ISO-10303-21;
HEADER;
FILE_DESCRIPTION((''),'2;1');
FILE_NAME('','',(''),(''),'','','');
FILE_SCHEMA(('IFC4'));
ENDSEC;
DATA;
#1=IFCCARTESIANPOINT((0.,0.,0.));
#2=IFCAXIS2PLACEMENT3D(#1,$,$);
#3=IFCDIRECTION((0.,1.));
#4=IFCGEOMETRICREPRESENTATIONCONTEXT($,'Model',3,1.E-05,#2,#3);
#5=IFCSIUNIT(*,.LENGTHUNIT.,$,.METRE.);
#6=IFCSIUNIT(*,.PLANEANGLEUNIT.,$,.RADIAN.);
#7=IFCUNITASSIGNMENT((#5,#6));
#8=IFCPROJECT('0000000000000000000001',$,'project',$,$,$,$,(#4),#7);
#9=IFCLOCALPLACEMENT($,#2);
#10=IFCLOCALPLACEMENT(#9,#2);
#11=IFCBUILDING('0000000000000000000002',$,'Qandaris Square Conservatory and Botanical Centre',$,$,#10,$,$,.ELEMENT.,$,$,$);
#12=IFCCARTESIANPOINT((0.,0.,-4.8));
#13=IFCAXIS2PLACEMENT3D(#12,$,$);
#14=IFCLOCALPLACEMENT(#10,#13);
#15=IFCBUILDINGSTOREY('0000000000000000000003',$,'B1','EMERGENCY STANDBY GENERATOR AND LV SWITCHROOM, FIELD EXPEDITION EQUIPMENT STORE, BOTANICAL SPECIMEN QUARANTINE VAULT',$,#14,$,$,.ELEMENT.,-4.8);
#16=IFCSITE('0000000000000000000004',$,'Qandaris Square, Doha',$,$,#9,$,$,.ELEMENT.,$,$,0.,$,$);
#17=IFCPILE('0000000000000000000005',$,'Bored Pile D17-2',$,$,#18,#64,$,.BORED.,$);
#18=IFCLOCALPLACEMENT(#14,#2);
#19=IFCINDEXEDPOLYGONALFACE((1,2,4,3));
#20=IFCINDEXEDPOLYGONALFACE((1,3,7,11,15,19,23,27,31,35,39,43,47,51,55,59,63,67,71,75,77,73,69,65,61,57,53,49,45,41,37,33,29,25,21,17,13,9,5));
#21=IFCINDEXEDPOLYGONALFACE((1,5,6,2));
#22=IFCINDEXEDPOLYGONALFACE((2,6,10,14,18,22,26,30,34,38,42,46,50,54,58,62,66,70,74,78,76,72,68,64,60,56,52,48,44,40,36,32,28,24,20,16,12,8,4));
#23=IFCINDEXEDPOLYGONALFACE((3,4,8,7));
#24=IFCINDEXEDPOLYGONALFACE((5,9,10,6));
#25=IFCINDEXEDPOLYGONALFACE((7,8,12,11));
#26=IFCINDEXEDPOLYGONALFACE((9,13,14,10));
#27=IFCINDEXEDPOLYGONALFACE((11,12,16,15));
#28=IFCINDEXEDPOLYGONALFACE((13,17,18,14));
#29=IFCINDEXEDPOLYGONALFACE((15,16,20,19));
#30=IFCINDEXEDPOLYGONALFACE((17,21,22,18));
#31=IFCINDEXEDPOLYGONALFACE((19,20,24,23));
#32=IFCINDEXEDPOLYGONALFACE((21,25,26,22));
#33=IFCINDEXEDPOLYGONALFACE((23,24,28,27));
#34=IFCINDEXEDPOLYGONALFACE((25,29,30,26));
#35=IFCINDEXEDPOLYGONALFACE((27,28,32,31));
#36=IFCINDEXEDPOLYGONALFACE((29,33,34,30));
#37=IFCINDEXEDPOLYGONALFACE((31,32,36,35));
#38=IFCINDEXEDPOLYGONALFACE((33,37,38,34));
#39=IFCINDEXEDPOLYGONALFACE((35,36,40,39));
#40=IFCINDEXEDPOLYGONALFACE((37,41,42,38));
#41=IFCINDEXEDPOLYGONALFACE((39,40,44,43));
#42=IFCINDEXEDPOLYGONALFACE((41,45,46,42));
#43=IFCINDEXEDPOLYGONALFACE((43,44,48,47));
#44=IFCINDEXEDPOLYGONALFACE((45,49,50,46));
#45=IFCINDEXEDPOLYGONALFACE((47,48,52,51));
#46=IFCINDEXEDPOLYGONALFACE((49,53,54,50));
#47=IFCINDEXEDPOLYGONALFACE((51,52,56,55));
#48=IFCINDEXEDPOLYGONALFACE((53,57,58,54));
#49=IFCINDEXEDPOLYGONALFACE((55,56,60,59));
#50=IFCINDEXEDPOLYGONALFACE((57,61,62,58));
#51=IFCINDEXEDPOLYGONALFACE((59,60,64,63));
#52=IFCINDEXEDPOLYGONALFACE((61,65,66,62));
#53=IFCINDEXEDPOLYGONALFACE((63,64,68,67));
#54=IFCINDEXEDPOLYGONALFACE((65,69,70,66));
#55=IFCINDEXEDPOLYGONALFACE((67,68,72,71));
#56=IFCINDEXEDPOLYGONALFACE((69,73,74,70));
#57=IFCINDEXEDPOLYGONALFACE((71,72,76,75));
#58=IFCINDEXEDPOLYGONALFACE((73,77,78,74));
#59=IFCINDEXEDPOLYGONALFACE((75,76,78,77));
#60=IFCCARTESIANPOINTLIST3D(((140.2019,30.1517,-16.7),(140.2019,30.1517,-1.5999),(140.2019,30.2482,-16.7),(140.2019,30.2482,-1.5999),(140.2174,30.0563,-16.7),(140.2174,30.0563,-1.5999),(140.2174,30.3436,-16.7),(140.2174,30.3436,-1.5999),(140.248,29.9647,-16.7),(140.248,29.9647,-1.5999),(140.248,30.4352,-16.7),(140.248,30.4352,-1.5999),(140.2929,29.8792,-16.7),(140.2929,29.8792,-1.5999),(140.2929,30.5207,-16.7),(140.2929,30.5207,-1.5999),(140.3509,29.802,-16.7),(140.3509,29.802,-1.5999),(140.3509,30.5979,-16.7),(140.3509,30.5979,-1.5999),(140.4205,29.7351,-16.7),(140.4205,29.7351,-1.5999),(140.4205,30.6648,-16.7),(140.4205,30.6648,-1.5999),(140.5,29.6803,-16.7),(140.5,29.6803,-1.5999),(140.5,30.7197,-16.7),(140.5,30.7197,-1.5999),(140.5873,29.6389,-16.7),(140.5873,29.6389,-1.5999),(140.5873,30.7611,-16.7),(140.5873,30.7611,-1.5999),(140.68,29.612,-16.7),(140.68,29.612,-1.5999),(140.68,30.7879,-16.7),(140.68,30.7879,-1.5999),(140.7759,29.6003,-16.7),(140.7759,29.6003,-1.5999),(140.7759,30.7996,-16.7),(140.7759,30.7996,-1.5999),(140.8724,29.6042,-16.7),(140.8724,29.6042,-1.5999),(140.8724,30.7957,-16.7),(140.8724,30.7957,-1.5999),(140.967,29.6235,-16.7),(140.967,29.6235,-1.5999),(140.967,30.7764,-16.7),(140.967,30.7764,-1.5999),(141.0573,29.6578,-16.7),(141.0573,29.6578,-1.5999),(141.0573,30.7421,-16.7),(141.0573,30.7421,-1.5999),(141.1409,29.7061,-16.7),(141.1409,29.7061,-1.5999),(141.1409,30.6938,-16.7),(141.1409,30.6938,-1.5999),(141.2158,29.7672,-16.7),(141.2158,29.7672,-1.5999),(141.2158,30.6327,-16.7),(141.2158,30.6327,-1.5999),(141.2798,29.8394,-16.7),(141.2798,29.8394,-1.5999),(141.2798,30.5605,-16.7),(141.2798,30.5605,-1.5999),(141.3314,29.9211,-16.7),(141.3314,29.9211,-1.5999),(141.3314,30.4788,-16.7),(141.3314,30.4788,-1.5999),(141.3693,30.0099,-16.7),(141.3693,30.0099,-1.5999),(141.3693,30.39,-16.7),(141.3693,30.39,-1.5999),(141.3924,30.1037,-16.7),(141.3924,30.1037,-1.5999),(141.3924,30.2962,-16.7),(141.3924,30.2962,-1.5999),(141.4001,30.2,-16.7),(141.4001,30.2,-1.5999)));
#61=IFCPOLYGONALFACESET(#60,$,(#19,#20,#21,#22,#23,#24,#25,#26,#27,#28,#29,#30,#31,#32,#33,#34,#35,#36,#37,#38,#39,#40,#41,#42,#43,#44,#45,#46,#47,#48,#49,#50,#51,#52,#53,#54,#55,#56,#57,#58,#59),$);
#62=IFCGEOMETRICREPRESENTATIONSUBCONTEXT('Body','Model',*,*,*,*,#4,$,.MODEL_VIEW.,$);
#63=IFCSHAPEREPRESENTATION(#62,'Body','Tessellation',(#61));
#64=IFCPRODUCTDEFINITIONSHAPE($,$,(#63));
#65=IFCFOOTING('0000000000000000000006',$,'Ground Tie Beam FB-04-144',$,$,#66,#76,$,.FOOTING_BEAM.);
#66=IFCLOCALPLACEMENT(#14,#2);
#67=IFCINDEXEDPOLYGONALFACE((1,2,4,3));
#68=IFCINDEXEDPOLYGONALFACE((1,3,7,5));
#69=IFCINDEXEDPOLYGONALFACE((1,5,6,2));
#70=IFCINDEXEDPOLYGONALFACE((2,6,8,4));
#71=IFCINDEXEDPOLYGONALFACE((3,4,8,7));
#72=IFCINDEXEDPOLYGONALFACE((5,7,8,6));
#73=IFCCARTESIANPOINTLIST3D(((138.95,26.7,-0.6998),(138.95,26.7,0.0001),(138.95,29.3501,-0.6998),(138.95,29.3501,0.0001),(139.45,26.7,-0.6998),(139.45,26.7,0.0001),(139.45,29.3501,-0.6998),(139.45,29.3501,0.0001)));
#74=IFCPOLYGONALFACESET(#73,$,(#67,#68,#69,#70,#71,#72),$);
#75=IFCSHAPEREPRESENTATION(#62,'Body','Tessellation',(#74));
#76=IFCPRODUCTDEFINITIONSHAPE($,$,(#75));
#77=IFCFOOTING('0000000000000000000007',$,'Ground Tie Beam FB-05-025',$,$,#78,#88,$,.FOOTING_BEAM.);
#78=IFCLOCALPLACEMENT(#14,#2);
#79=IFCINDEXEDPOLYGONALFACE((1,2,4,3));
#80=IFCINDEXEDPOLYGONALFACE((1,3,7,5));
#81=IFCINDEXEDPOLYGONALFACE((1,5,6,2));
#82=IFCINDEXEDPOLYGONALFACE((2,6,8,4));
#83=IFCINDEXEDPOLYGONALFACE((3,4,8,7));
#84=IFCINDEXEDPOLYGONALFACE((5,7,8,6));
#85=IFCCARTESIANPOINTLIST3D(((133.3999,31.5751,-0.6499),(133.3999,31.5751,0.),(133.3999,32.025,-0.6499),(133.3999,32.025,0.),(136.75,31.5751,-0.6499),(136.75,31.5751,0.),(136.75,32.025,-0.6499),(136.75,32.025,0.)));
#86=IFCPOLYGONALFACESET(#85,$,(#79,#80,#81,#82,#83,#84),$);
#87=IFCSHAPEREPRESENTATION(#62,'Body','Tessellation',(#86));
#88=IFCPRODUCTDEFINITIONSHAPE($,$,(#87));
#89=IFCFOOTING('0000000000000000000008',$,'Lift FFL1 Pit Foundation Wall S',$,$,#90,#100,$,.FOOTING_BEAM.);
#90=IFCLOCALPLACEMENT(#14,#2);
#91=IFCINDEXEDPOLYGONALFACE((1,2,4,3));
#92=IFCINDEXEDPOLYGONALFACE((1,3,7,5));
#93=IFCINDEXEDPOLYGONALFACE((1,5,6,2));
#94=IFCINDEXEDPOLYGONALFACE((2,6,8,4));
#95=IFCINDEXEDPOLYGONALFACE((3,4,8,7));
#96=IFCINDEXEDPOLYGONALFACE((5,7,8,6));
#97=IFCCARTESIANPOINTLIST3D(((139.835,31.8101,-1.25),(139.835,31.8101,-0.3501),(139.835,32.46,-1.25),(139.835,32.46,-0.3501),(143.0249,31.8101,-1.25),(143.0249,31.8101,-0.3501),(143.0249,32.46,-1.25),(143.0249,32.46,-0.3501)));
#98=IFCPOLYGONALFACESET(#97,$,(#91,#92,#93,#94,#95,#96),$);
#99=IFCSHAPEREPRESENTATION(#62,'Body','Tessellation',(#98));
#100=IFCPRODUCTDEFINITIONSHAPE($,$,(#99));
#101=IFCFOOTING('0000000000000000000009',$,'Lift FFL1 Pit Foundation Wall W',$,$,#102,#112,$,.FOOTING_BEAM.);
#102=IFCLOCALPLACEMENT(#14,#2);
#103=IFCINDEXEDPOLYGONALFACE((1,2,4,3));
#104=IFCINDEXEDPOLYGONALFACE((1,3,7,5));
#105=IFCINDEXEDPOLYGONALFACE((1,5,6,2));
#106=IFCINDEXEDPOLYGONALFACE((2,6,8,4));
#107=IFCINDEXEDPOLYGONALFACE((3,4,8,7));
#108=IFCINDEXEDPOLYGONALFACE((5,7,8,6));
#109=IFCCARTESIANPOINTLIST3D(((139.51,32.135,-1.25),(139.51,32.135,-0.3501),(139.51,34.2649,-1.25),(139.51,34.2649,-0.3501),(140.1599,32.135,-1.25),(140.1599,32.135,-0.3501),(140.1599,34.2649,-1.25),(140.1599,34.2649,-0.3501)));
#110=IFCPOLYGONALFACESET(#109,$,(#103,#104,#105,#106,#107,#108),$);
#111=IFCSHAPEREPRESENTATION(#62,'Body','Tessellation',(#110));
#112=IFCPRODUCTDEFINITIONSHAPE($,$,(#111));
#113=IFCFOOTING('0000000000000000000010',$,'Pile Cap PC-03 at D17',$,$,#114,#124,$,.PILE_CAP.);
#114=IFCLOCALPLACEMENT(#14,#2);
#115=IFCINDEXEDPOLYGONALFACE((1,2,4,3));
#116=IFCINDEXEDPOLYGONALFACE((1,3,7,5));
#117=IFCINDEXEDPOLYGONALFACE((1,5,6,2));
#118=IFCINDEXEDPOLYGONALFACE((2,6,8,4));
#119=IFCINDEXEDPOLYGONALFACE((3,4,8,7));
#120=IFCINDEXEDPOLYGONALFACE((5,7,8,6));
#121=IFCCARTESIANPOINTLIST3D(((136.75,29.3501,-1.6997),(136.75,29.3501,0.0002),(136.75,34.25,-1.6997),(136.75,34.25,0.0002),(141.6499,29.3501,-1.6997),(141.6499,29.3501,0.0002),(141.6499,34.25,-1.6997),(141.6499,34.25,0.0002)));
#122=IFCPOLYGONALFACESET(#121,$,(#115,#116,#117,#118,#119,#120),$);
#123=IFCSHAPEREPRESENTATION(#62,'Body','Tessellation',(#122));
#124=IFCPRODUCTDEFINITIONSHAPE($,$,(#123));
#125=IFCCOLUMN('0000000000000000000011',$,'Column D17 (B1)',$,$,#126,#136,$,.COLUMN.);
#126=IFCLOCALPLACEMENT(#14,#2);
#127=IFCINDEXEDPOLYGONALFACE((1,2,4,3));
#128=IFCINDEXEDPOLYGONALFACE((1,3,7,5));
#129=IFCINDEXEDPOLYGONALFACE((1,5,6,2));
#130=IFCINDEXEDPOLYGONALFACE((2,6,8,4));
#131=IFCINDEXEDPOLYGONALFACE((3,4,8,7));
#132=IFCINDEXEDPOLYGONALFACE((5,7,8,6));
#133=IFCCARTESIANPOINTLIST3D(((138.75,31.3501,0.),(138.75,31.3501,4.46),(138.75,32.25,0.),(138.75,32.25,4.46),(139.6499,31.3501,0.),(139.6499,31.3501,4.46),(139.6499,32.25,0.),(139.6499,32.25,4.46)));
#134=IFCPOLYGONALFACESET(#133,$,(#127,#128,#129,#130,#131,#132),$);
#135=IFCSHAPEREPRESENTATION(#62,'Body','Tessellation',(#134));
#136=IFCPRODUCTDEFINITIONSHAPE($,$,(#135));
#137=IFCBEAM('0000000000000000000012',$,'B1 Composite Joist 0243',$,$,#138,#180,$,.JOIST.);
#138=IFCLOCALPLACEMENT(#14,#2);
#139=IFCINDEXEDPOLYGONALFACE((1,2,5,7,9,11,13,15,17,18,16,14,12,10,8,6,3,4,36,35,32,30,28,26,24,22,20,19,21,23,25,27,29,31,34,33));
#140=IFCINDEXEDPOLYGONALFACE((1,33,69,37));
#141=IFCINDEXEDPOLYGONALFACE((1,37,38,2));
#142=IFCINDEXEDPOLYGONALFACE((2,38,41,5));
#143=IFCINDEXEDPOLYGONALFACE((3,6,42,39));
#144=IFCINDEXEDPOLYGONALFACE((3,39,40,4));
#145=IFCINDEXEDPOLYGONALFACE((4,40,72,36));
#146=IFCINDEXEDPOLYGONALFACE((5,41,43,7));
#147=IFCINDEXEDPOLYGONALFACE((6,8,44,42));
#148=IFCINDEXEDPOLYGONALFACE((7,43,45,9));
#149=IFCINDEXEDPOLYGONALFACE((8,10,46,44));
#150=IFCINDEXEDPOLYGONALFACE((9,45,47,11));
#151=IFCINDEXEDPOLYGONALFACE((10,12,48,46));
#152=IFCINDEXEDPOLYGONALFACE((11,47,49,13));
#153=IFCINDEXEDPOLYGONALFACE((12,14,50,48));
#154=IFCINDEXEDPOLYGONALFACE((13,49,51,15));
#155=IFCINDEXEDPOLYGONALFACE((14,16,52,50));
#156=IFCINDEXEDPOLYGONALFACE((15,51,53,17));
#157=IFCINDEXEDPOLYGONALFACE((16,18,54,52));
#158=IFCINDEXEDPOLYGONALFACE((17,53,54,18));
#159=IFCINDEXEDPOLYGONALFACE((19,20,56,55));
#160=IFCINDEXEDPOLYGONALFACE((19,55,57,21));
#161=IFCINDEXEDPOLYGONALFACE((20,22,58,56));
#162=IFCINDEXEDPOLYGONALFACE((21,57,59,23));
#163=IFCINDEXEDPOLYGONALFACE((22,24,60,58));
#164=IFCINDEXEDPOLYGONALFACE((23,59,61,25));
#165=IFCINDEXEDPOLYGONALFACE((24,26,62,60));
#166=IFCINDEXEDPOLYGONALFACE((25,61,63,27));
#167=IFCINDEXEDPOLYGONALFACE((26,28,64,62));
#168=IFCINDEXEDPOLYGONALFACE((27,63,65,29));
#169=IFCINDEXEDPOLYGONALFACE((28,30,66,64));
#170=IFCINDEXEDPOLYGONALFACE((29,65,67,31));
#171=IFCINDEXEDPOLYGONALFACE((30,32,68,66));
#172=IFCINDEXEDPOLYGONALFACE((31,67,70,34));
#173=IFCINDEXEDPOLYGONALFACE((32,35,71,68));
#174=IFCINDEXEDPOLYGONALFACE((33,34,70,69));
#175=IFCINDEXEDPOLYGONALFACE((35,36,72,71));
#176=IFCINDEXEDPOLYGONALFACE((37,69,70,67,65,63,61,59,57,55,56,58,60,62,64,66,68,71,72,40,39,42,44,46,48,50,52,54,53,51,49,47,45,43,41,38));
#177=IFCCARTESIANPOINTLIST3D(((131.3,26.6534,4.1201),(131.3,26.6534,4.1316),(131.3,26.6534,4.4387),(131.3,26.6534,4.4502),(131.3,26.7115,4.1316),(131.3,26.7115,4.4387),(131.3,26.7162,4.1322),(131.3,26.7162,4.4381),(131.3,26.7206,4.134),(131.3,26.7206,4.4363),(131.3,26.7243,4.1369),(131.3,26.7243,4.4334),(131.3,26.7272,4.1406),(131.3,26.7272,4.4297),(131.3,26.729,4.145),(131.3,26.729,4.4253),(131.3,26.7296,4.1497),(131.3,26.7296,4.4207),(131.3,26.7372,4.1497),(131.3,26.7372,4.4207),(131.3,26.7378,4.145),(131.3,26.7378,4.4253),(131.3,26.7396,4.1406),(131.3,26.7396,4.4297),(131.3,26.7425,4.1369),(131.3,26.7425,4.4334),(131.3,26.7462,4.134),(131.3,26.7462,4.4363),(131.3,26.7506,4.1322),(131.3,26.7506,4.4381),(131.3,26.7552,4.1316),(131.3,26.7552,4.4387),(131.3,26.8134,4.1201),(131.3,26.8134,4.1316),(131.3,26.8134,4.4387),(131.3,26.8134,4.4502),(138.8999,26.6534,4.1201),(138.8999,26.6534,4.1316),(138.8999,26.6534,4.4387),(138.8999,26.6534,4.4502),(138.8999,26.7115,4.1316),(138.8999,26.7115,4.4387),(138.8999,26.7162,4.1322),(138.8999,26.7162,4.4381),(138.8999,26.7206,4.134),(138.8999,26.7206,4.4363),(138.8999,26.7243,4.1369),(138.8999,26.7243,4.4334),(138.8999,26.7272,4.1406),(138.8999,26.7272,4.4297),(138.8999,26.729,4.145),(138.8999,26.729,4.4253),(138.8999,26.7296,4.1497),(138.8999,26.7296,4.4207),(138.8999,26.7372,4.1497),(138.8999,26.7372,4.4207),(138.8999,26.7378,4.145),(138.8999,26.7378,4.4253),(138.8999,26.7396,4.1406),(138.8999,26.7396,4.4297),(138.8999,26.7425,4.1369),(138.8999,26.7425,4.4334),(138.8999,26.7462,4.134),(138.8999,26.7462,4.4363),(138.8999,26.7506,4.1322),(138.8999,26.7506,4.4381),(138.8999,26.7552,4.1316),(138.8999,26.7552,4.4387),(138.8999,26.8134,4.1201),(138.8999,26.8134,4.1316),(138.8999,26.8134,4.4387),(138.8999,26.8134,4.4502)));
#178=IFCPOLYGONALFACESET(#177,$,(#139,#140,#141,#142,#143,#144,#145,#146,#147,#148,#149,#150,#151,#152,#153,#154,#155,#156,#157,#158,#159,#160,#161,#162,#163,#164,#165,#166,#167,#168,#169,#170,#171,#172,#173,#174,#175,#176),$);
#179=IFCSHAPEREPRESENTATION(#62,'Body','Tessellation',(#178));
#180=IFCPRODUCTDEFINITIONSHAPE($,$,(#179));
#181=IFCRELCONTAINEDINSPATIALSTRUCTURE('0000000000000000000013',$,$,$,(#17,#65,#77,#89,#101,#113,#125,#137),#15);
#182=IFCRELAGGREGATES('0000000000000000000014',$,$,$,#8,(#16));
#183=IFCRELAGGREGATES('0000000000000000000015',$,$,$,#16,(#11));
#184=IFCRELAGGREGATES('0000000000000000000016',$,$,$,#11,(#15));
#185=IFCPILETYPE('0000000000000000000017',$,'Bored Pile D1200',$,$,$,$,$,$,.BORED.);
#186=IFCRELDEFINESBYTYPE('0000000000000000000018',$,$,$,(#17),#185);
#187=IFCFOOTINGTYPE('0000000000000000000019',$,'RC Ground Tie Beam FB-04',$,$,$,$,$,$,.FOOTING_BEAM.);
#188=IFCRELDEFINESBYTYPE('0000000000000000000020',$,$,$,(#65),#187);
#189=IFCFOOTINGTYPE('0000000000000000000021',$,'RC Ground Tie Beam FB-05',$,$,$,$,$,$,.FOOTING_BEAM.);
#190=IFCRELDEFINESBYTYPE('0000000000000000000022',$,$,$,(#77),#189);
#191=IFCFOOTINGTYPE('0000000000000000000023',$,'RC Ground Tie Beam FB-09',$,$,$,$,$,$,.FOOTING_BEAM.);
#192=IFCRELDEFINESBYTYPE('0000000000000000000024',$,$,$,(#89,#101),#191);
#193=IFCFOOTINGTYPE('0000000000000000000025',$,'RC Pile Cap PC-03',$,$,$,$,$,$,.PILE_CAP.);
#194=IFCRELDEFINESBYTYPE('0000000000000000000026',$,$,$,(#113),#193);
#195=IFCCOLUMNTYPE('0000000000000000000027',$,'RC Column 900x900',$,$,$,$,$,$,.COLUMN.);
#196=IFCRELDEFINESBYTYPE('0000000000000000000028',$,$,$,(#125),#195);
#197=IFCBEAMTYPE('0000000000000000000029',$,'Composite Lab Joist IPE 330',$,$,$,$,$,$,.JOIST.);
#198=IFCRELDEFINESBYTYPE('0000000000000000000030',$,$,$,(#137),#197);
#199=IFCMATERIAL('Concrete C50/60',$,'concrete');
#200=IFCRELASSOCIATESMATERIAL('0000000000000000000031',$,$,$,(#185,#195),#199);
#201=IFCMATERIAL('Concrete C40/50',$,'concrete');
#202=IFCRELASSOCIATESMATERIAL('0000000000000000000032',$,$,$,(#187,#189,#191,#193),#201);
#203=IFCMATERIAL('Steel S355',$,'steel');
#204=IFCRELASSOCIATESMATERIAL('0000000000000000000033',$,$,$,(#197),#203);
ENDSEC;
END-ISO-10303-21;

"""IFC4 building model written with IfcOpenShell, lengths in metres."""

from ifc_helpers import new_model, si_unit, direction, frame, origin, origin_2d, place, context, subcontext, project, spatial, rectangle, circle, i_section, extrude, material, material_profile, profile_set, type_object, element, save


model = new_model("IFC4")

# Units and contexts
model_context = context("Model", 3, precision=1e-05, world=origin(), true_north=direction((0.0, 1.0)))
body_context = subcontext(model_context, "Body", "Model", "MODEL_VIEW")
ifc_project = project(units=[si_unit("LENGTHUNIT", "METRE"), si_unit("PLANEANGLEUNIT", "RADIAN")], contexts=[model_context])

# Site, building, storey
site_placement = place(None, origin())
site = spatial("IfcSite", under=ifc_project, at=site_placement, Name="Qandaris Square, Doha", CompositionType="ELEMENT", RefElevation=0.0)
building_placement = place(site_placement, origin())
building = spatial("IfcBuilding", under=site, at=building_placement, Name="Qandaris Square Conservatory and Botanical Centre", CompositionType="ELEMENT")
storey_placement = place(building_placement, frame((0.0, 0.0, -4.8)))
storey = spatial("IfcBuildingStorey", under=building, at=storey_placement, Name="B1", Description="EMERGENCY STANDBY GENERATOR AND LV SWITCHROOM, FIELD EXPEDITION EQUIPMENT STORE, BOTANICAL SPECIMEN QUARANTINE VAULT", CompositionType="ELEMENT", Elevation=-4.8)

# Pile
ifc_material_1 = material(Name="Concrete C50/60", Category="concrete")
ifc_material_profile_1 = material_profile(ifc_material_1, circle(Radius=0.6001, at=origin_2d()), Name="PILE D1200")
ifc_profile_set_1 = profile_set([ifc_material_profile_1], Name="Concrete C50/60")
pile_type = type_object("IfcPileType", Name="Bored Pile D1200", PredefinedType="BORED", material=ifc_profile_set_1)
for number, where, z_axis, x_axis, name in (
    (1, (140.8, 30.2, -1.5999), (0.0, 0.0, -1.0), (1.0, 0.0, 0.0), "Bored Pile D17-2"),
):
    element("IfcPile", number, at=place(storey_placement, frame(where, z_axis=z_axis, x_axis=x_axis)), inside=storey, type_object=pile_type, Name=name, PredefinedType="BORED", context=body_context, shape_type="SweptSolid", body=[
        extrude(circle(Radius=0.6001, at=origin_2d()), origin(), (0.0, 0.0, 1.0), 15.1001),
    ])

# Footings
ifc_material_2 = material(Name="Concrete C40/50", Category="concrete")
ifc_material_profile_2 = material_profile(ifc_material_2, rectangle(XDim=0.5, YDim=0.7, at=origin_2d()), Name="FB 500x700")
ifc_profile_set_2 = profile_set([ifc_material_profile_2], Name="Concrete C40/50")
footing_type_1 = type_object("IfcFootingType", Name="RC Ground Tie Beam FB-04", PredefinedType="FOOTING_BEAM", material=ifc_profile_set_2)
footing_1_placement = place(storey_placement, frame((139.2, 26.7, -0.3499), z_axis=(0.0, 1.0, 0.0), x_axis=(-1.0, 0.0, 0.0)))
element("IfcFooting", 2, at=footing_1_placement, inside=storey, type_object=footing_type_1, Name="Ground Tie Beam FB-04-144", PredefinedType="FOOTING_BEAM", context=body_context, shape_type="SweptSolid", body=[
    extrude(rectangle(XDim=0.5, YDim=0.7, at=origin_2d()), origin(), (0.0, 0.0, 1.0), 2.6501),
])
ifc_material_profile_3 = material_profile(ifc_material_2, rectangle(XDim=0.45, YDim=0.6499, at=origin_2d()), Name="FB 450x650")
ifc_profile_set_3 = profile_set([ifc_material_profile_3], Name="Concrete C40/50")
footing_type_2 = type_object("IfcFootingType", Name="RC Ground Tie Beam FB-05", PredefinedType="FOOTING_BEAM", material=ifc_profile_set_3)
footing_2_placement = place(storey_placement, frame((133.3999, 31.8, -0.325), z_axis=(1.0, 0.0, 0.0), x_axis=(0.0, 1.0, 0.0)))
element("IfcFooting", 3, at=footing_2_placement, inside=storey, type_object=footing_type_2, Name="Ground Tie Beam FB-05-025", PredefinedType="FOOTING_BEAM", context=body_context, shape_type="SweptSolid", body=[
    extrude(rectangle(XDim=0.45, YDim=0.6499, at=origin_2d()), origin(), (0.0, 0.0, 1.0), 3.3501),
])
ifc_material_profile_4 = material_profile(ifc_material_2, rectangle(XDim=0.6499, YDim=0.8999, at=origin_2d()), Name="FB 650x900")
ifc_profile_set_4 = profile_set([ifc_material_profile_4], Name="Concrete C40/50")
footing_type_3 = type_object("IfcFootingType", Name="RC Ground Tie Beam FB-09", PredefinedType="FOOTING_BEAM", material=ifc_profile_set_4)
footing_3_placement = place(storey_placement, frame((139.835, 32.135, -0.8), z_axis=(1.0, 0.0, 0.0), x_axis=(0.0, 1.0, 0.0)))
element("IfcFooting", 4, at=footing_3_placement, inside=storey, type_object=footing_type_3, Name="Lift FFL1 Pit Foundation Wall S", PredefinedType="FOOTING_BEAM", context=body_context, shape_type="SweptSolid", body=[
    extrude(rectangle(XDim=0.6499, YDim=0.8999, at=origin_2d()), origin(), (0.0, 0.0, 1.0), 3.1899),
])
footing_4_placement = place(storey_placement, frame((139.835, 32.135, -0.8), z_axis=(0.0, 1.0, 0.0), x_axis=(-1.0, 0.0, 0.0)))
element("IfcFooting", 5, at=footing_4_placement, inside=storey, type_object=footing_type_3, Name="Lift FFL1 Pit Foundation Wall W", PredefinedType="FOOTING_BEAM", context=body_context, shape_type="SweptSolid", body=[
    extrude(rectangle(XDim=0.6499, YDim=0.8999, at=origin_2d()), origin(), (0.0, 0.0, 1.0), 2.1299),
])
footing_type_4 = type_object("IfcFootingType", Name="RC Pile Cap PC-03", PredefinedType="PILE_CAP", material=ifc_material_2)
footing_5_placement = place(storey_placement, frame((139.2, 31.8, -1.6997), z_axis=(0.0, 0.0, 1.0), x_axis=(1.0, 0.0, 0.0)))
element("IfcFooting", 6, at=footing_5_placement, inside=storey, type_object=footing_type_4, Name="Pile Cap PC-03 at D17", PredefinedType="PILE_CAP", context=body_context, shape_type="SweptSolid", body=[
    extrude(rectangle(XDim=4.8999, YDim=4.8999, at=origin_2d()), origin(), (0.0, 0.0, 1.0), 1.7),
])

# Column
ifc_material_profile_5 = material_profile(ifc_material_1, rectangle(XDim=0.8999, YDim=0.8999, at=origin_2d()), Name="RC-COL 900x900")
ifc_profile_set_5 = profile_set([ifc_material_profile_5], Name="Concrete C50/60")
column_type = type_object("IfcColumnType", Name="RC Column 900x900", PredefinedType="COLUMN", material=ifc_profile_set_5)
column_placement = place(storey_placement, frame((139.2, 31.8, 0.0), z_axis=(0.0, 0.0, 1.0), x_axis=(1.0, 0.0, 0.0)))
element("IfcColumn", 7, at=column_placement, inside=storey, type_object=column_type, Name="Column D17 (B1)", PredefinedType="COLUMN", context=body_context, shape_type="SweptSolid", body=[
    extrude(rectangle(XDim=0.8999, YDim=0.8999, at=origin_2d()), origin(), (0.0, 0.0, 1.0), 4.46),
])

# Beam
ifc_material_3 = material(Name="Steel S355", Category="steel")
ifc_material_profile_6 = material_profile(ifc_material_3, i_section(OverallWidth=0.1599, OverallDepth=0.3301, WebThickness=0.0076, FlangeThickness=0.0115, FilletRadius=0.0181, at=origin_2d()), Name="IPE 330")
ifc_profile_set_6 = profile_set([ifc_material_profile_6], Name="Steel S355")
beam_type_1 = type_object("IfcBeamType", Name="Composite Lab Joist IPE 330", PredefinedType="JOIST", material=ifc_profile_set_6)
beam_1_placement = place(storey_placement, frame((131.3, 26.7334, 4.2852), z_axis=(1.0, 0.0, 0.0), x_axis=(0.0, 1.0, 0.0)))
element("IfcBeam", 8, at=beam_1_placement, inside=storey, type_object=beam_type_1, Name="B1 Composite Joist 0243", PredefinedType="JOIST", context=body_context, shape_type="SweptSolid", body=[
    extrude(i_section(OverallWidth=0.1599, OverallDepth=0.3301, WebThickness=0.0076, FlangeThickness=0.0115, FilletRadius=0.0181, at=origin_2d()), origin(), (0.0, 0.0, 1.0), 7.5999),
])

save(model, "model.ifc")
